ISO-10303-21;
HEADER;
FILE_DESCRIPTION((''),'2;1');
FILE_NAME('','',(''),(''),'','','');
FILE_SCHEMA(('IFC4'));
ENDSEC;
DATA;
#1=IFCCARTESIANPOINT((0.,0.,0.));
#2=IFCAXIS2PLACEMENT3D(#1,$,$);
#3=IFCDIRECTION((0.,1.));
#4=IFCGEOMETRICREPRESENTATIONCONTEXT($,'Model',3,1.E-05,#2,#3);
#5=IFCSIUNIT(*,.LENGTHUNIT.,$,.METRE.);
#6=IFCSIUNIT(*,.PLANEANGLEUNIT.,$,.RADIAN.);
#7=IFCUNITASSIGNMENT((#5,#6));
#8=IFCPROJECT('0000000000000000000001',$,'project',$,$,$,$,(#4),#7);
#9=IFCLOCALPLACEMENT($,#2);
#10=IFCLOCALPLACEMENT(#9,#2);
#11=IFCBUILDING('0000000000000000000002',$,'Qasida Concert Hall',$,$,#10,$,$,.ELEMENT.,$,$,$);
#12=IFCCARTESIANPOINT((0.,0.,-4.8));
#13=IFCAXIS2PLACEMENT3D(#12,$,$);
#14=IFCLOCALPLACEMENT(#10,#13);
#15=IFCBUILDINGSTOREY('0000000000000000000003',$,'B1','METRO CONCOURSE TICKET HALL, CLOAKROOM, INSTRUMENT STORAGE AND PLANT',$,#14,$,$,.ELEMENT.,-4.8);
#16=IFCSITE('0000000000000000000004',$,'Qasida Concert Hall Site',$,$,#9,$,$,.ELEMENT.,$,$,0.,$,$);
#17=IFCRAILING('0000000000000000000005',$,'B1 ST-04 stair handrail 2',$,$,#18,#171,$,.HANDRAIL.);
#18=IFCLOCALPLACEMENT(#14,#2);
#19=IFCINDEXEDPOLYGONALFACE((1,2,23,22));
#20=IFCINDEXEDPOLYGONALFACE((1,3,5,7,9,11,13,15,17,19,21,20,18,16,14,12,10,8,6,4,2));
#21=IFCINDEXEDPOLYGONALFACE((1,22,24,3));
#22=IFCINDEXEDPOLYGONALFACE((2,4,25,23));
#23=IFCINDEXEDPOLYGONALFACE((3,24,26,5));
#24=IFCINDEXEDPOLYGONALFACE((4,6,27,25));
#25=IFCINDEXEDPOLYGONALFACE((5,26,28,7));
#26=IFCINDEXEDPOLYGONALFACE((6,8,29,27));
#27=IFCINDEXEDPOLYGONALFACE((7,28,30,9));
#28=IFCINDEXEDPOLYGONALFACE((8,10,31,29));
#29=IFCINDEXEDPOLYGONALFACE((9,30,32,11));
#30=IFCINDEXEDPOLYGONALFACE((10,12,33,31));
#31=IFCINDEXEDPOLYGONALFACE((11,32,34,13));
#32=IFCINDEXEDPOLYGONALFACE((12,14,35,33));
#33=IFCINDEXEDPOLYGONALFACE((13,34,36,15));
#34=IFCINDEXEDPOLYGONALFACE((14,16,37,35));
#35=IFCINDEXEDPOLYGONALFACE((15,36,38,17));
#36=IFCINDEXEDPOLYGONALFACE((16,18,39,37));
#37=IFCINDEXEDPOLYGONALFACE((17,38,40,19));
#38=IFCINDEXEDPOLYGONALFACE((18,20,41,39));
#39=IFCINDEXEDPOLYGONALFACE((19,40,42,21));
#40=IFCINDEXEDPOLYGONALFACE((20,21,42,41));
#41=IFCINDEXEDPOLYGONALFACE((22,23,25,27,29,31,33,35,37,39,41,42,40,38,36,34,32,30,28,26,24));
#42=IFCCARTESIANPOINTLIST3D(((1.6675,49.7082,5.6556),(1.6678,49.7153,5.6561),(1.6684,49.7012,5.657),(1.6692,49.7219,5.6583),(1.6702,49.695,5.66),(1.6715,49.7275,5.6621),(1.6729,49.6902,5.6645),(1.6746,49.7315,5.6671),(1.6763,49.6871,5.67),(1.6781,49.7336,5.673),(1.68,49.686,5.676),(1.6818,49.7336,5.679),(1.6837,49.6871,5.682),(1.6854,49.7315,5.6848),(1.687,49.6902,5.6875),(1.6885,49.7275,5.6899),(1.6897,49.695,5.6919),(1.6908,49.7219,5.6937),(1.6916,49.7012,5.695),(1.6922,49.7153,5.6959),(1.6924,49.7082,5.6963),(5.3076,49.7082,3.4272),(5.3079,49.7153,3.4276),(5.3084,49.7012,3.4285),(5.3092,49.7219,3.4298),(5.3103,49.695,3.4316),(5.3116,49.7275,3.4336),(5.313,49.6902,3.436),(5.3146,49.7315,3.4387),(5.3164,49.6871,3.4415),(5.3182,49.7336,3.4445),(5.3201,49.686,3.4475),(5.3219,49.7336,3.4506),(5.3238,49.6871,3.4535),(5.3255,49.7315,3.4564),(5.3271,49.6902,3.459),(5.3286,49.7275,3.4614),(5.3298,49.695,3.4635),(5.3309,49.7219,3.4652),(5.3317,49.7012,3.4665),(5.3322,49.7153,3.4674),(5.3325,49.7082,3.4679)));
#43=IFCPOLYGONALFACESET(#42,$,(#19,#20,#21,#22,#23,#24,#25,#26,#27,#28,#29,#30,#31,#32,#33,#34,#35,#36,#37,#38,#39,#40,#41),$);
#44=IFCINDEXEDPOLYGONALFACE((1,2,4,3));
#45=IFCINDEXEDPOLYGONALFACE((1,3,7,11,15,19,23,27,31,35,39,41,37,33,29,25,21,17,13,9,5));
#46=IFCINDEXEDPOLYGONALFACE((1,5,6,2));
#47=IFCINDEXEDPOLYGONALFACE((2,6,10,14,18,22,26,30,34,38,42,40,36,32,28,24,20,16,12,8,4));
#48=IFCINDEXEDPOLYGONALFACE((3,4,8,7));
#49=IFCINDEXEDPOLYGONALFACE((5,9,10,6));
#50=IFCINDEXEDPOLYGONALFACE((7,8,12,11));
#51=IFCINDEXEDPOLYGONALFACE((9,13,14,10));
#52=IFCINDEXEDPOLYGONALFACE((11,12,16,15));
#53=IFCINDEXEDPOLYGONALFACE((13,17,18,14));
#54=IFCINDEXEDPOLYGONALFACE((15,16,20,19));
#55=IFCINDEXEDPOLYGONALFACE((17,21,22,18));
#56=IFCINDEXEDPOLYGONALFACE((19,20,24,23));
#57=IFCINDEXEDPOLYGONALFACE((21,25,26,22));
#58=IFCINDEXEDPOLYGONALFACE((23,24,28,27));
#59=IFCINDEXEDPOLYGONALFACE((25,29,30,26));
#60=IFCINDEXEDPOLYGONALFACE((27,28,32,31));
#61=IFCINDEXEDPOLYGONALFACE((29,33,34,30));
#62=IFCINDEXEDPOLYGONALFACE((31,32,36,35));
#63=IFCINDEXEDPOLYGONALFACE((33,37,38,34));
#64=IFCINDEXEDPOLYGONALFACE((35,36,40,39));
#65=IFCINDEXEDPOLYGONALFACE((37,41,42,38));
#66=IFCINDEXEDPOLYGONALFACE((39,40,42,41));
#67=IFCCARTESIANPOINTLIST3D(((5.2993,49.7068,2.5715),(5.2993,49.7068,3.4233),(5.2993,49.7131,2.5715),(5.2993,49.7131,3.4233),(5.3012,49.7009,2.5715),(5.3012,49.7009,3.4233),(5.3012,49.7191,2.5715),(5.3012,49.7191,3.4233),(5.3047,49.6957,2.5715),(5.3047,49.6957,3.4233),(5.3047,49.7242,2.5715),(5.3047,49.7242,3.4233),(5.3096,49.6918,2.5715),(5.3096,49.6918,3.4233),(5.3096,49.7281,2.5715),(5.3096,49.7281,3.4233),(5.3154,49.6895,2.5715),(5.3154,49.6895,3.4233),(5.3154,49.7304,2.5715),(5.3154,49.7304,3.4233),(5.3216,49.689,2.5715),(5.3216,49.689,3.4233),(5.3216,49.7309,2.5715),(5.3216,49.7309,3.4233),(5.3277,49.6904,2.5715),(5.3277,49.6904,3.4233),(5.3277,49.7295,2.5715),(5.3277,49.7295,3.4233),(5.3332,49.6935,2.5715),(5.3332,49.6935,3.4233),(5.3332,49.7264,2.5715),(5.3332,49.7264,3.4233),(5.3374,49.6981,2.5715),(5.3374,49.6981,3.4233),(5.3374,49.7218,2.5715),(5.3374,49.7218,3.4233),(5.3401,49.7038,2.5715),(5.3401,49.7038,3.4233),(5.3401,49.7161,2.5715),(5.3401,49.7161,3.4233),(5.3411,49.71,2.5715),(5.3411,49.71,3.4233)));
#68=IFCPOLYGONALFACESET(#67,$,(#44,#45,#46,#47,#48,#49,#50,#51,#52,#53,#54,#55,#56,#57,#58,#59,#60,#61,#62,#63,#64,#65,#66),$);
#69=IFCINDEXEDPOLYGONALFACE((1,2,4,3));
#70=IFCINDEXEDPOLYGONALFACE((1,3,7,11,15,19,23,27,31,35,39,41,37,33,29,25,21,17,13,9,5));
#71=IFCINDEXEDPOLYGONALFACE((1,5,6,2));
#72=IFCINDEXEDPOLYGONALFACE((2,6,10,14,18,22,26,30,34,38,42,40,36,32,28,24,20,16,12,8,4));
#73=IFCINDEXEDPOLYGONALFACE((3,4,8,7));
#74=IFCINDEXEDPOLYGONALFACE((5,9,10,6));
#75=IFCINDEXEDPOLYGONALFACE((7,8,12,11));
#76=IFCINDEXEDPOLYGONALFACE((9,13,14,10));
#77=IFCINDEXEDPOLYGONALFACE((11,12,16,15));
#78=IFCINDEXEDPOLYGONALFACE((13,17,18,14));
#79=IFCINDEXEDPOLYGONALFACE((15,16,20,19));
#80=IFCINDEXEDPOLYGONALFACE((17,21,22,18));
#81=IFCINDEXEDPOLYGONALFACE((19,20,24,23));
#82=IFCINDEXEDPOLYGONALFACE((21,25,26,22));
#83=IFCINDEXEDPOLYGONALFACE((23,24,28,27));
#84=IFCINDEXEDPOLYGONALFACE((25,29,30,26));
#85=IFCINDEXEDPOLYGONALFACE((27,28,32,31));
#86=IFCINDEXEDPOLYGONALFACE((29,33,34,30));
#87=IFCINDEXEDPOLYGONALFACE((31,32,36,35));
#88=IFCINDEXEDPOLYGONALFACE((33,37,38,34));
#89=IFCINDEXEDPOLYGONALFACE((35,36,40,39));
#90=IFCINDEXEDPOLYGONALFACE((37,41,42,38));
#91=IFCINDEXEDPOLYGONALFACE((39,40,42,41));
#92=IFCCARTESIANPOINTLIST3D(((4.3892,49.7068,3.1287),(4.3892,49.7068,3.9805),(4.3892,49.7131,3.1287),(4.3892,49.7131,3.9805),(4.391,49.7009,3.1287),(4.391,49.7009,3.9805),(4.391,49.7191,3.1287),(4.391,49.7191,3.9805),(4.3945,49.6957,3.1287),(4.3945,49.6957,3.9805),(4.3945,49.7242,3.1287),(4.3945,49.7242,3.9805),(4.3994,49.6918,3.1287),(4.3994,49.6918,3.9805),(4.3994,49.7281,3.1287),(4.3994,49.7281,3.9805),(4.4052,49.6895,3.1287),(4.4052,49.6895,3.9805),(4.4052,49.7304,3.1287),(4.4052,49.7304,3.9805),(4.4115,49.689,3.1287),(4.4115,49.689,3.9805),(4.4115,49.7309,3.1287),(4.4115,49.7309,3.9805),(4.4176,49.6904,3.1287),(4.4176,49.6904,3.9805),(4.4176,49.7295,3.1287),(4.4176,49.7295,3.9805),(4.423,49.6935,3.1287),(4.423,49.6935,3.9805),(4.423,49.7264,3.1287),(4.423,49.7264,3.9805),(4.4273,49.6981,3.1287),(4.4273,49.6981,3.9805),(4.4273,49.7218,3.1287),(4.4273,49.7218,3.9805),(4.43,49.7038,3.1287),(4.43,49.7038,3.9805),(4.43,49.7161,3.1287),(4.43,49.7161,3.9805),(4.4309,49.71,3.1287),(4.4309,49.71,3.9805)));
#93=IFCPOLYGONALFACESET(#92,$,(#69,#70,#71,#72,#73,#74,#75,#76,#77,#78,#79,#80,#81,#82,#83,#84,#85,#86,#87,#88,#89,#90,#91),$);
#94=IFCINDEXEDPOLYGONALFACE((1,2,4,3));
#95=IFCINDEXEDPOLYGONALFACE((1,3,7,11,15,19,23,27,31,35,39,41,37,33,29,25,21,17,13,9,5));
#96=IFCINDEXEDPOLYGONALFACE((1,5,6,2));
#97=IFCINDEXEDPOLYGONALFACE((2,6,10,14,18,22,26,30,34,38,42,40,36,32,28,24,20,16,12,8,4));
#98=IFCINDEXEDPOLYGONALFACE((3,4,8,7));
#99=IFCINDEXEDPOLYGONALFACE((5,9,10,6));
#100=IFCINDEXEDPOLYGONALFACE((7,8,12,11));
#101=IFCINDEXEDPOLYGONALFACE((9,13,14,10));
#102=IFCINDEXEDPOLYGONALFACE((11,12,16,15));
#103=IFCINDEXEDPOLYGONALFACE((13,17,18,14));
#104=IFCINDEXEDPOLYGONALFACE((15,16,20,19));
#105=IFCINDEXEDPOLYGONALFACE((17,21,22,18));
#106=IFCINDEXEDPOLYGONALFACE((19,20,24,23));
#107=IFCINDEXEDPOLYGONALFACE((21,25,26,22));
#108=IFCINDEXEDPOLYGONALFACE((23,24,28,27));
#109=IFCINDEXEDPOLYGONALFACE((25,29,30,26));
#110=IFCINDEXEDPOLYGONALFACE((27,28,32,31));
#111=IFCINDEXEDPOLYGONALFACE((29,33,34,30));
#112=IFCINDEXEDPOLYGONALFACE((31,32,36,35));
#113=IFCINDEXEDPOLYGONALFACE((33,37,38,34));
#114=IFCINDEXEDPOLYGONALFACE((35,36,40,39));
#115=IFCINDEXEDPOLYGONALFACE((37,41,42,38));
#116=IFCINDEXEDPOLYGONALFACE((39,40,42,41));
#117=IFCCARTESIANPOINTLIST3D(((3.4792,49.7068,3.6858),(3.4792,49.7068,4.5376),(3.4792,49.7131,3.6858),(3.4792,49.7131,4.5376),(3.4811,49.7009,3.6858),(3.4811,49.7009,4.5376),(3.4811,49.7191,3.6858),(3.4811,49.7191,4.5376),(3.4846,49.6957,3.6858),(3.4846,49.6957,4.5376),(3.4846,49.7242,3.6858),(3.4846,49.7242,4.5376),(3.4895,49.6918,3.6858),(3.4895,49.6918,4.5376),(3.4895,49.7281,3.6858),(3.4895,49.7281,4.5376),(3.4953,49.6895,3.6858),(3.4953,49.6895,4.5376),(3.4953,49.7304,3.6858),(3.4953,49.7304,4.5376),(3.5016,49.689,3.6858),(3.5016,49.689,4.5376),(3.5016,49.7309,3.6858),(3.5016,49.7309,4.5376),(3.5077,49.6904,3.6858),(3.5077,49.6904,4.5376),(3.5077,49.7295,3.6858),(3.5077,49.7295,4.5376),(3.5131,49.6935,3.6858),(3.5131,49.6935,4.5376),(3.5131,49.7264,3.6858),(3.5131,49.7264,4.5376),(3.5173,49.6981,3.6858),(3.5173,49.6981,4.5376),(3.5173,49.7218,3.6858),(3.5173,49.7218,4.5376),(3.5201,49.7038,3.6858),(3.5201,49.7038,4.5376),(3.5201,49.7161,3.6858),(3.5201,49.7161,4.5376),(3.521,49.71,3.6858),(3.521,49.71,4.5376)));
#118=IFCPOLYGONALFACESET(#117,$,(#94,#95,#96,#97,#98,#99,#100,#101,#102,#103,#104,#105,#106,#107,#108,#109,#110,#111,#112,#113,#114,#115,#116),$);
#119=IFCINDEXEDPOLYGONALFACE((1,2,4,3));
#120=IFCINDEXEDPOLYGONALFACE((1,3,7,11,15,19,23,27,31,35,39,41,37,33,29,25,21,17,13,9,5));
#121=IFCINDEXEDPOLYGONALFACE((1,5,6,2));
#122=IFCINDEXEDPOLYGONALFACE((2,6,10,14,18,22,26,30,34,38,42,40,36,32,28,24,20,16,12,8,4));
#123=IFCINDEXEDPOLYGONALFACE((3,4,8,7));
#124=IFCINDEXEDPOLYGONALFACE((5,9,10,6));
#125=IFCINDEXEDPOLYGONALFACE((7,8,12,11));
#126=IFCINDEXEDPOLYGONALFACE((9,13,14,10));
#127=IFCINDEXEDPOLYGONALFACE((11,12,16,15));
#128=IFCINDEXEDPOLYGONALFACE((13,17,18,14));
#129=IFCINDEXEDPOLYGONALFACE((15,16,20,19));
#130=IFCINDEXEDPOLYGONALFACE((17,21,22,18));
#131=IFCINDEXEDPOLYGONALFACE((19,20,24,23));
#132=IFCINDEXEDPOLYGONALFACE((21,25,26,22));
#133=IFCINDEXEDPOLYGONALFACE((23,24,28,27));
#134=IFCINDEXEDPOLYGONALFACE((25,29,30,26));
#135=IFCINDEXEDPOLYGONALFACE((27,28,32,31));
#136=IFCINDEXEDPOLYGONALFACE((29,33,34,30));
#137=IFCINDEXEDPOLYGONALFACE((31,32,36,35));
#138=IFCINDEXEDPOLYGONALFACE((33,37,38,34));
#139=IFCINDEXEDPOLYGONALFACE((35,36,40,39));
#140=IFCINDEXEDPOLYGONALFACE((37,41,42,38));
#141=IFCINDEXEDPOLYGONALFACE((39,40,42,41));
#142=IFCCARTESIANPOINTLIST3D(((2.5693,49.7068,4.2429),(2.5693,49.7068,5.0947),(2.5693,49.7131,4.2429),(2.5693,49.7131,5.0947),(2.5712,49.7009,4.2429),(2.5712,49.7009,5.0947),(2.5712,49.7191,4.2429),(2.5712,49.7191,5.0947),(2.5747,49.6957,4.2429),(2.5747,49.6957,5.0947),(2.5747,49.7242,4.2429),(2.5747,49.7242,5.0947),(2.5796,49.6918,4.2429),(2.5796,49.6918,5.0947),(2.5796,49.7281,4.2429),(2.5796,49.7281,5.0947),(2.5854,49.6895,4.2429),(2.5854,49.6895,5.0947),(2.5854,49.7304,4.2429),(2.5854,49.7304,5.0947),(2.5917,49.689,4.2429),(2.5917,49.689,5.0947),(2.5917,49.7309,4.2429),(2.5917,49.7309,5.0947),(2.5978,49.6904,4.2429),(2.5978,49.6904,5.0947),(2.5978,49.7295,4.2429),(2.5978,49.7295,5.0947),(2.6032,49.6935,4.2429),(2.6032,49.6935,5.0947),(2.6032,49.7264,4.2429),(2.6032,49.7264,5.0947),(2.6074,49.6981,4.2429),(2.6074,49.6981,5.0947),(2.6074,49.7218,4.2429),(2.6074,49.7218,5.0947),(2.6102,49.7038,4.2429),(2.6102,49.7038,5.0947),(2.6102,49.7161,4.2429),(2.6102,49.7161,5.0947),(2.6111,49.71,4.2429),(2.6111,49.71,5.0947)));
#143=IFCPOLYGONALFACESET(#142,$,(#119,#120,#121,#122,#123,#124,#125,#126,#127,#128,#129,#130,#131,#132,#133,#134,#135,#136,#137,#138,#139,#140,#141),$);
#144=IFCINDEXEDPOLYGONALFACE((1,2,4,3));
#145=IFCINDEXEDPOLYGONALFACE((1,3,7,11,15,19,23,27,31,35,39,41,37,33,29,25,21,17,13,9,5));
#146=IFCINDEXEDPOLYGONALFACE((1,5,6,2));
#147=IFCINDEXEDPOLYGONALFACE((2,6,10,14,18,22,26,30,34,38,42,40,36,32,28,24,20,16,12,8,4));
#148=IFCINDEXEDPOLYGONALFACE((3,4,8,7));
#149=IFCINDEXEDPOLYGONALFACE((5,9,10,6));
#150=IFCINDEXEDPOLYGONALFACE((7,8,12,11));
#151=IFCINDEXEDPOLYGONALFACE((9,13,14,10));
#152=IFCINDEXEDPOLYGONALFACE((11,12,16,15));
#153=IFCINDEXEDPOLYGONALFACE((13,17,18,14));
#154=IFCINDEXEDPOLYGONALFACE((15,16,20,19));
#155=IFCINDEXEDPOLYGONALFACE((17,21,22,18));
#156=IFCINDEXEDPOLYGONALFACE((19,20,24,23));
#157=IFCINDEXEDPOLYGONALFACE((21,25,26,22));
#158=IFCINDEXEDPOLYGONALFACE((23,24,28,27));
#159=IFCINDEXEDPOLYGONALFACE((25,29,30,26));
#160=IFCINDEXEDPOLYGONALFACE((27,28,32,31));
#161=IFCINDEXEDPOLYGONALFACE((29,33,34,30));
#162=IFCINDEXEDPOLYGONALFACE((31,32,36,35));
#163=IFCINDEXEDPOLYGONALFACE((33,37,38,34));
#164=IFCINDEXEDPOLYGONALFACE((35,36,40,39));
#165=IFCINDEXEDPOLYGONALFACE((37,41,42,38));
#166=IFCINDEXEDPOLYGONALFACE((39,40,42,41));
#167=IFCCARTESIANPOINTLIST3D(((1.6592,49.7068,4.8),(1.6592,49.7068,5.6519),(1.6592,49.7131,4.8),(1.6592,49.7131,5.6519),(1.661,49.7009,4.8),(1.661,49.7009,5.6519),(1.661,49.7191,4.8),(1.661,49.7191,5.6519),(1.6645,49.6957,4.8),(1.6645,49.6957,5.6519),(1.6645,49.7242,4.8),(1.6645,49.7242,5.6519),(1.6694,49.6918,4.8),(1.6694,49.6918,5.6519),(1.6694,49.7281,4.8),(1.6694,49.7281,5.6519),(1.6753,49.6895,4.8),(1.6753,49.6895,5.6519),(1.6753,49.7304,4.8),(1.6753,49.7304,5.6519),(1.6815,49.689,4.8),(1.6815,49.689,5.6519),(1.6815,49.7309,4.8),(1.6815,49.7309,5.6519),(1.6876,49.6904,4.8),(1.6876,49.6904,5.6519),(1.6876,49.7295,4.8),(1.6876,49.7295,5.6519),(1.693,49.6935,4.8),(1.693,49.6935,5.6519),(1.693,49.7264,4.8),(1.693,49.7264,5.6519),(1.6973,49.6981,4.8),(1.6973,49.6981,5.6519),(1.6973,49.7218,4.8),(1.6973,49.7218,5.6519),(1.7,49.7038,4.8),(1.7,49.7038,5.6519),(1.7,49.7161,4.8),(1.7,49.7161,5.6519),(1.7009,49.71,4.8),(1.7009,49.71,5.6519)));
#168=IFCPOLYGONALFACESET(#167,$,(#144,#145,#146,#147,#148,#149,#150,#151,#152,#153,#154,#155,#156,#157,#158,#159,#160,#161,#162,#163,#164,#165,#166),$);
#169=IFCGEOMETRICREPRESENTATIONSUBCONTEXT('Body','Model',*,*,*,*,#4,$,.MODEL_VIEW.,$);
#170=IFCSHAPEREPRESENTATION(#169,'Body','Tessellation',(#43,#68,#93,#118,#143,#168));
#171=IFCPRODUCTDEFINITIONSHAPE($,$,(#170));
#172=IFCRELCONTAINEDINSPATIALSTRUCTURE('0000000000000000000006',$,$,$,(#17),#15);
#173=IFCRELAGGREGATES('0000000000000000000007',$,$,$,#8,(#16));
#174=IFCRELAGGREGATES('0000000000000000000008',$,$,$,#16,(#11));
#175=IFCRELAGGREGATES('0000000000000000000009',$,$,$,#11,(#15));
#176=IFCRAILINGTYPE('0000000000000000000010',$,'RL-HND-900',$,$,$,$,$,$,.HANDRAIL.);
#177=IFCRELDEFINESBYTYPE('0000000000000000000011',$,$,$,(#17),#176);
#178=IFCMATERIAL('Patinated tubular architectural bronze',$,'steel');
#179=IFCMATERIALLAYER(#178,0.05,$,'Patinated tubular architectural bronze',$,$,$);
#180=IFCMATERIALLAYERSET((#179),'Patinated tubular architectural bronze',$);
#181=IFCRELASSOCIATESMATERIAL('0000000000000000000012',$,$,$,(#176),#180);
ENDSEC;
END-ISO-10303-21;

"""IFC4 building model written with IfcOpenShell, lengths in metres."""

from ifc_helpers import new_model, si_unit, direction, frame, origin, origin_2d, place, context, subcontext, project, spatial, circle, extrude, material, layer, layer_set, type_object, element, save


model = new_model("IFC4")

# Units and contexts
model_context = context("Model", 3, precision=1e-05, world=origin(), true_north=direction((0.0, 1.0)))
body_context = subcontext(model_context, "Body", "Model", "MODEL_VIEW")
ifc_project = project(units=[si_unit("LENGTHUNIT", "METRE"), si_unit("PLANEANGLEUNIT", "RADIAN")], contexts=[model_context])

# Site, building, storey
site_placement = place(None, origin())
site = spatial("IfcSite", under=ifc_project, at=site_placement, Name="Qasida Concert Hall Site", CompositionType="ELEMENT", RefElevation=0.0)
building_placement = place(site_placement, origin())
building = spatial("IfcBuilding", under=site, at=building_placement, Name="Qasida Concert Hall", CompositionType="ELEMENT")
storey_placement = place(building_placement, frame((0.0, 0.0, -4.8)))
storey = spatial("IfcBuildingStorey", under=building, at=storey_placement, Name="B1", Description="METRO CONCOURSE TICKET HALL, CLOAKROOM, INSTRUMENT STORAGE AND PLANT", CompositionType="ELEMENT", Elevation=-4.8)

# Railing
ifc_material_1 = material(Name="Patinated tubular architectural bronze", Category="steel")
ifc_layer_1 = layer(ifc_material_1, 0.05, Name="Patinated tubular architectural bronze")
ifc_layer_set_1 = layer_set([ifc_layer_1], Name="Patinated tubular architectural bronze")
railing_type_1 = type_object("IfcRailingType", Name="RL-HND-900", PredefinedType="HANDRAIL", material=ifc_layer_set_1)
railing_1_placement = place(storey_placement, frame((5.3201, 49.71, 2.5715)))
element("IfcRailing", 1, at=railing_1_placement, inside=storey, type_object=railing_type_1, Name="B1 ST-04 stair handrail 2", PredefinedType="HANDRAIL", context=body_context, shape_type="SweptSolid", body=[
    extrude(circle(Radius=0.0239, at=origin_2d()), frame((0.0, 0.0, 0.876), z_axis=(-0.852866, 0.0, 0.52213), x_axis=(0.0, -1.0, 0.0)), (0.0, 0.0, 1.0), 4.2681),
    extrude(circle(Radius=0.021, at=origin_2d()), origin(), (0.0, 0.0, 1.0), 0.8518),
    extrude(circle(Radius=0.021, at=origin_2d()), frame((-0.9102, 0.0, 0.5571)), (0.0, 0.0, 1.0), 0.8518),
    extrude(circle(Radius=0.021, at=origin_2d()), frame((-1.8201, 0.0, 1.1143)), (0.0, 0.0, 1.0), 0.8518),
    extrude(circle(Radius=0.021, at=origin_2d()), frame((-2.73, 0.0, 1.6714)), (0.0, 0.0, 1.0), 0.8518),
    extrude(circle(Radius=0.021, at=origin_2d()), frame((-3.6401, 0.0, 2.2285)), (0.0, 0.0, 1.0), 0.8518),
])

save(model, "model.ifc")
